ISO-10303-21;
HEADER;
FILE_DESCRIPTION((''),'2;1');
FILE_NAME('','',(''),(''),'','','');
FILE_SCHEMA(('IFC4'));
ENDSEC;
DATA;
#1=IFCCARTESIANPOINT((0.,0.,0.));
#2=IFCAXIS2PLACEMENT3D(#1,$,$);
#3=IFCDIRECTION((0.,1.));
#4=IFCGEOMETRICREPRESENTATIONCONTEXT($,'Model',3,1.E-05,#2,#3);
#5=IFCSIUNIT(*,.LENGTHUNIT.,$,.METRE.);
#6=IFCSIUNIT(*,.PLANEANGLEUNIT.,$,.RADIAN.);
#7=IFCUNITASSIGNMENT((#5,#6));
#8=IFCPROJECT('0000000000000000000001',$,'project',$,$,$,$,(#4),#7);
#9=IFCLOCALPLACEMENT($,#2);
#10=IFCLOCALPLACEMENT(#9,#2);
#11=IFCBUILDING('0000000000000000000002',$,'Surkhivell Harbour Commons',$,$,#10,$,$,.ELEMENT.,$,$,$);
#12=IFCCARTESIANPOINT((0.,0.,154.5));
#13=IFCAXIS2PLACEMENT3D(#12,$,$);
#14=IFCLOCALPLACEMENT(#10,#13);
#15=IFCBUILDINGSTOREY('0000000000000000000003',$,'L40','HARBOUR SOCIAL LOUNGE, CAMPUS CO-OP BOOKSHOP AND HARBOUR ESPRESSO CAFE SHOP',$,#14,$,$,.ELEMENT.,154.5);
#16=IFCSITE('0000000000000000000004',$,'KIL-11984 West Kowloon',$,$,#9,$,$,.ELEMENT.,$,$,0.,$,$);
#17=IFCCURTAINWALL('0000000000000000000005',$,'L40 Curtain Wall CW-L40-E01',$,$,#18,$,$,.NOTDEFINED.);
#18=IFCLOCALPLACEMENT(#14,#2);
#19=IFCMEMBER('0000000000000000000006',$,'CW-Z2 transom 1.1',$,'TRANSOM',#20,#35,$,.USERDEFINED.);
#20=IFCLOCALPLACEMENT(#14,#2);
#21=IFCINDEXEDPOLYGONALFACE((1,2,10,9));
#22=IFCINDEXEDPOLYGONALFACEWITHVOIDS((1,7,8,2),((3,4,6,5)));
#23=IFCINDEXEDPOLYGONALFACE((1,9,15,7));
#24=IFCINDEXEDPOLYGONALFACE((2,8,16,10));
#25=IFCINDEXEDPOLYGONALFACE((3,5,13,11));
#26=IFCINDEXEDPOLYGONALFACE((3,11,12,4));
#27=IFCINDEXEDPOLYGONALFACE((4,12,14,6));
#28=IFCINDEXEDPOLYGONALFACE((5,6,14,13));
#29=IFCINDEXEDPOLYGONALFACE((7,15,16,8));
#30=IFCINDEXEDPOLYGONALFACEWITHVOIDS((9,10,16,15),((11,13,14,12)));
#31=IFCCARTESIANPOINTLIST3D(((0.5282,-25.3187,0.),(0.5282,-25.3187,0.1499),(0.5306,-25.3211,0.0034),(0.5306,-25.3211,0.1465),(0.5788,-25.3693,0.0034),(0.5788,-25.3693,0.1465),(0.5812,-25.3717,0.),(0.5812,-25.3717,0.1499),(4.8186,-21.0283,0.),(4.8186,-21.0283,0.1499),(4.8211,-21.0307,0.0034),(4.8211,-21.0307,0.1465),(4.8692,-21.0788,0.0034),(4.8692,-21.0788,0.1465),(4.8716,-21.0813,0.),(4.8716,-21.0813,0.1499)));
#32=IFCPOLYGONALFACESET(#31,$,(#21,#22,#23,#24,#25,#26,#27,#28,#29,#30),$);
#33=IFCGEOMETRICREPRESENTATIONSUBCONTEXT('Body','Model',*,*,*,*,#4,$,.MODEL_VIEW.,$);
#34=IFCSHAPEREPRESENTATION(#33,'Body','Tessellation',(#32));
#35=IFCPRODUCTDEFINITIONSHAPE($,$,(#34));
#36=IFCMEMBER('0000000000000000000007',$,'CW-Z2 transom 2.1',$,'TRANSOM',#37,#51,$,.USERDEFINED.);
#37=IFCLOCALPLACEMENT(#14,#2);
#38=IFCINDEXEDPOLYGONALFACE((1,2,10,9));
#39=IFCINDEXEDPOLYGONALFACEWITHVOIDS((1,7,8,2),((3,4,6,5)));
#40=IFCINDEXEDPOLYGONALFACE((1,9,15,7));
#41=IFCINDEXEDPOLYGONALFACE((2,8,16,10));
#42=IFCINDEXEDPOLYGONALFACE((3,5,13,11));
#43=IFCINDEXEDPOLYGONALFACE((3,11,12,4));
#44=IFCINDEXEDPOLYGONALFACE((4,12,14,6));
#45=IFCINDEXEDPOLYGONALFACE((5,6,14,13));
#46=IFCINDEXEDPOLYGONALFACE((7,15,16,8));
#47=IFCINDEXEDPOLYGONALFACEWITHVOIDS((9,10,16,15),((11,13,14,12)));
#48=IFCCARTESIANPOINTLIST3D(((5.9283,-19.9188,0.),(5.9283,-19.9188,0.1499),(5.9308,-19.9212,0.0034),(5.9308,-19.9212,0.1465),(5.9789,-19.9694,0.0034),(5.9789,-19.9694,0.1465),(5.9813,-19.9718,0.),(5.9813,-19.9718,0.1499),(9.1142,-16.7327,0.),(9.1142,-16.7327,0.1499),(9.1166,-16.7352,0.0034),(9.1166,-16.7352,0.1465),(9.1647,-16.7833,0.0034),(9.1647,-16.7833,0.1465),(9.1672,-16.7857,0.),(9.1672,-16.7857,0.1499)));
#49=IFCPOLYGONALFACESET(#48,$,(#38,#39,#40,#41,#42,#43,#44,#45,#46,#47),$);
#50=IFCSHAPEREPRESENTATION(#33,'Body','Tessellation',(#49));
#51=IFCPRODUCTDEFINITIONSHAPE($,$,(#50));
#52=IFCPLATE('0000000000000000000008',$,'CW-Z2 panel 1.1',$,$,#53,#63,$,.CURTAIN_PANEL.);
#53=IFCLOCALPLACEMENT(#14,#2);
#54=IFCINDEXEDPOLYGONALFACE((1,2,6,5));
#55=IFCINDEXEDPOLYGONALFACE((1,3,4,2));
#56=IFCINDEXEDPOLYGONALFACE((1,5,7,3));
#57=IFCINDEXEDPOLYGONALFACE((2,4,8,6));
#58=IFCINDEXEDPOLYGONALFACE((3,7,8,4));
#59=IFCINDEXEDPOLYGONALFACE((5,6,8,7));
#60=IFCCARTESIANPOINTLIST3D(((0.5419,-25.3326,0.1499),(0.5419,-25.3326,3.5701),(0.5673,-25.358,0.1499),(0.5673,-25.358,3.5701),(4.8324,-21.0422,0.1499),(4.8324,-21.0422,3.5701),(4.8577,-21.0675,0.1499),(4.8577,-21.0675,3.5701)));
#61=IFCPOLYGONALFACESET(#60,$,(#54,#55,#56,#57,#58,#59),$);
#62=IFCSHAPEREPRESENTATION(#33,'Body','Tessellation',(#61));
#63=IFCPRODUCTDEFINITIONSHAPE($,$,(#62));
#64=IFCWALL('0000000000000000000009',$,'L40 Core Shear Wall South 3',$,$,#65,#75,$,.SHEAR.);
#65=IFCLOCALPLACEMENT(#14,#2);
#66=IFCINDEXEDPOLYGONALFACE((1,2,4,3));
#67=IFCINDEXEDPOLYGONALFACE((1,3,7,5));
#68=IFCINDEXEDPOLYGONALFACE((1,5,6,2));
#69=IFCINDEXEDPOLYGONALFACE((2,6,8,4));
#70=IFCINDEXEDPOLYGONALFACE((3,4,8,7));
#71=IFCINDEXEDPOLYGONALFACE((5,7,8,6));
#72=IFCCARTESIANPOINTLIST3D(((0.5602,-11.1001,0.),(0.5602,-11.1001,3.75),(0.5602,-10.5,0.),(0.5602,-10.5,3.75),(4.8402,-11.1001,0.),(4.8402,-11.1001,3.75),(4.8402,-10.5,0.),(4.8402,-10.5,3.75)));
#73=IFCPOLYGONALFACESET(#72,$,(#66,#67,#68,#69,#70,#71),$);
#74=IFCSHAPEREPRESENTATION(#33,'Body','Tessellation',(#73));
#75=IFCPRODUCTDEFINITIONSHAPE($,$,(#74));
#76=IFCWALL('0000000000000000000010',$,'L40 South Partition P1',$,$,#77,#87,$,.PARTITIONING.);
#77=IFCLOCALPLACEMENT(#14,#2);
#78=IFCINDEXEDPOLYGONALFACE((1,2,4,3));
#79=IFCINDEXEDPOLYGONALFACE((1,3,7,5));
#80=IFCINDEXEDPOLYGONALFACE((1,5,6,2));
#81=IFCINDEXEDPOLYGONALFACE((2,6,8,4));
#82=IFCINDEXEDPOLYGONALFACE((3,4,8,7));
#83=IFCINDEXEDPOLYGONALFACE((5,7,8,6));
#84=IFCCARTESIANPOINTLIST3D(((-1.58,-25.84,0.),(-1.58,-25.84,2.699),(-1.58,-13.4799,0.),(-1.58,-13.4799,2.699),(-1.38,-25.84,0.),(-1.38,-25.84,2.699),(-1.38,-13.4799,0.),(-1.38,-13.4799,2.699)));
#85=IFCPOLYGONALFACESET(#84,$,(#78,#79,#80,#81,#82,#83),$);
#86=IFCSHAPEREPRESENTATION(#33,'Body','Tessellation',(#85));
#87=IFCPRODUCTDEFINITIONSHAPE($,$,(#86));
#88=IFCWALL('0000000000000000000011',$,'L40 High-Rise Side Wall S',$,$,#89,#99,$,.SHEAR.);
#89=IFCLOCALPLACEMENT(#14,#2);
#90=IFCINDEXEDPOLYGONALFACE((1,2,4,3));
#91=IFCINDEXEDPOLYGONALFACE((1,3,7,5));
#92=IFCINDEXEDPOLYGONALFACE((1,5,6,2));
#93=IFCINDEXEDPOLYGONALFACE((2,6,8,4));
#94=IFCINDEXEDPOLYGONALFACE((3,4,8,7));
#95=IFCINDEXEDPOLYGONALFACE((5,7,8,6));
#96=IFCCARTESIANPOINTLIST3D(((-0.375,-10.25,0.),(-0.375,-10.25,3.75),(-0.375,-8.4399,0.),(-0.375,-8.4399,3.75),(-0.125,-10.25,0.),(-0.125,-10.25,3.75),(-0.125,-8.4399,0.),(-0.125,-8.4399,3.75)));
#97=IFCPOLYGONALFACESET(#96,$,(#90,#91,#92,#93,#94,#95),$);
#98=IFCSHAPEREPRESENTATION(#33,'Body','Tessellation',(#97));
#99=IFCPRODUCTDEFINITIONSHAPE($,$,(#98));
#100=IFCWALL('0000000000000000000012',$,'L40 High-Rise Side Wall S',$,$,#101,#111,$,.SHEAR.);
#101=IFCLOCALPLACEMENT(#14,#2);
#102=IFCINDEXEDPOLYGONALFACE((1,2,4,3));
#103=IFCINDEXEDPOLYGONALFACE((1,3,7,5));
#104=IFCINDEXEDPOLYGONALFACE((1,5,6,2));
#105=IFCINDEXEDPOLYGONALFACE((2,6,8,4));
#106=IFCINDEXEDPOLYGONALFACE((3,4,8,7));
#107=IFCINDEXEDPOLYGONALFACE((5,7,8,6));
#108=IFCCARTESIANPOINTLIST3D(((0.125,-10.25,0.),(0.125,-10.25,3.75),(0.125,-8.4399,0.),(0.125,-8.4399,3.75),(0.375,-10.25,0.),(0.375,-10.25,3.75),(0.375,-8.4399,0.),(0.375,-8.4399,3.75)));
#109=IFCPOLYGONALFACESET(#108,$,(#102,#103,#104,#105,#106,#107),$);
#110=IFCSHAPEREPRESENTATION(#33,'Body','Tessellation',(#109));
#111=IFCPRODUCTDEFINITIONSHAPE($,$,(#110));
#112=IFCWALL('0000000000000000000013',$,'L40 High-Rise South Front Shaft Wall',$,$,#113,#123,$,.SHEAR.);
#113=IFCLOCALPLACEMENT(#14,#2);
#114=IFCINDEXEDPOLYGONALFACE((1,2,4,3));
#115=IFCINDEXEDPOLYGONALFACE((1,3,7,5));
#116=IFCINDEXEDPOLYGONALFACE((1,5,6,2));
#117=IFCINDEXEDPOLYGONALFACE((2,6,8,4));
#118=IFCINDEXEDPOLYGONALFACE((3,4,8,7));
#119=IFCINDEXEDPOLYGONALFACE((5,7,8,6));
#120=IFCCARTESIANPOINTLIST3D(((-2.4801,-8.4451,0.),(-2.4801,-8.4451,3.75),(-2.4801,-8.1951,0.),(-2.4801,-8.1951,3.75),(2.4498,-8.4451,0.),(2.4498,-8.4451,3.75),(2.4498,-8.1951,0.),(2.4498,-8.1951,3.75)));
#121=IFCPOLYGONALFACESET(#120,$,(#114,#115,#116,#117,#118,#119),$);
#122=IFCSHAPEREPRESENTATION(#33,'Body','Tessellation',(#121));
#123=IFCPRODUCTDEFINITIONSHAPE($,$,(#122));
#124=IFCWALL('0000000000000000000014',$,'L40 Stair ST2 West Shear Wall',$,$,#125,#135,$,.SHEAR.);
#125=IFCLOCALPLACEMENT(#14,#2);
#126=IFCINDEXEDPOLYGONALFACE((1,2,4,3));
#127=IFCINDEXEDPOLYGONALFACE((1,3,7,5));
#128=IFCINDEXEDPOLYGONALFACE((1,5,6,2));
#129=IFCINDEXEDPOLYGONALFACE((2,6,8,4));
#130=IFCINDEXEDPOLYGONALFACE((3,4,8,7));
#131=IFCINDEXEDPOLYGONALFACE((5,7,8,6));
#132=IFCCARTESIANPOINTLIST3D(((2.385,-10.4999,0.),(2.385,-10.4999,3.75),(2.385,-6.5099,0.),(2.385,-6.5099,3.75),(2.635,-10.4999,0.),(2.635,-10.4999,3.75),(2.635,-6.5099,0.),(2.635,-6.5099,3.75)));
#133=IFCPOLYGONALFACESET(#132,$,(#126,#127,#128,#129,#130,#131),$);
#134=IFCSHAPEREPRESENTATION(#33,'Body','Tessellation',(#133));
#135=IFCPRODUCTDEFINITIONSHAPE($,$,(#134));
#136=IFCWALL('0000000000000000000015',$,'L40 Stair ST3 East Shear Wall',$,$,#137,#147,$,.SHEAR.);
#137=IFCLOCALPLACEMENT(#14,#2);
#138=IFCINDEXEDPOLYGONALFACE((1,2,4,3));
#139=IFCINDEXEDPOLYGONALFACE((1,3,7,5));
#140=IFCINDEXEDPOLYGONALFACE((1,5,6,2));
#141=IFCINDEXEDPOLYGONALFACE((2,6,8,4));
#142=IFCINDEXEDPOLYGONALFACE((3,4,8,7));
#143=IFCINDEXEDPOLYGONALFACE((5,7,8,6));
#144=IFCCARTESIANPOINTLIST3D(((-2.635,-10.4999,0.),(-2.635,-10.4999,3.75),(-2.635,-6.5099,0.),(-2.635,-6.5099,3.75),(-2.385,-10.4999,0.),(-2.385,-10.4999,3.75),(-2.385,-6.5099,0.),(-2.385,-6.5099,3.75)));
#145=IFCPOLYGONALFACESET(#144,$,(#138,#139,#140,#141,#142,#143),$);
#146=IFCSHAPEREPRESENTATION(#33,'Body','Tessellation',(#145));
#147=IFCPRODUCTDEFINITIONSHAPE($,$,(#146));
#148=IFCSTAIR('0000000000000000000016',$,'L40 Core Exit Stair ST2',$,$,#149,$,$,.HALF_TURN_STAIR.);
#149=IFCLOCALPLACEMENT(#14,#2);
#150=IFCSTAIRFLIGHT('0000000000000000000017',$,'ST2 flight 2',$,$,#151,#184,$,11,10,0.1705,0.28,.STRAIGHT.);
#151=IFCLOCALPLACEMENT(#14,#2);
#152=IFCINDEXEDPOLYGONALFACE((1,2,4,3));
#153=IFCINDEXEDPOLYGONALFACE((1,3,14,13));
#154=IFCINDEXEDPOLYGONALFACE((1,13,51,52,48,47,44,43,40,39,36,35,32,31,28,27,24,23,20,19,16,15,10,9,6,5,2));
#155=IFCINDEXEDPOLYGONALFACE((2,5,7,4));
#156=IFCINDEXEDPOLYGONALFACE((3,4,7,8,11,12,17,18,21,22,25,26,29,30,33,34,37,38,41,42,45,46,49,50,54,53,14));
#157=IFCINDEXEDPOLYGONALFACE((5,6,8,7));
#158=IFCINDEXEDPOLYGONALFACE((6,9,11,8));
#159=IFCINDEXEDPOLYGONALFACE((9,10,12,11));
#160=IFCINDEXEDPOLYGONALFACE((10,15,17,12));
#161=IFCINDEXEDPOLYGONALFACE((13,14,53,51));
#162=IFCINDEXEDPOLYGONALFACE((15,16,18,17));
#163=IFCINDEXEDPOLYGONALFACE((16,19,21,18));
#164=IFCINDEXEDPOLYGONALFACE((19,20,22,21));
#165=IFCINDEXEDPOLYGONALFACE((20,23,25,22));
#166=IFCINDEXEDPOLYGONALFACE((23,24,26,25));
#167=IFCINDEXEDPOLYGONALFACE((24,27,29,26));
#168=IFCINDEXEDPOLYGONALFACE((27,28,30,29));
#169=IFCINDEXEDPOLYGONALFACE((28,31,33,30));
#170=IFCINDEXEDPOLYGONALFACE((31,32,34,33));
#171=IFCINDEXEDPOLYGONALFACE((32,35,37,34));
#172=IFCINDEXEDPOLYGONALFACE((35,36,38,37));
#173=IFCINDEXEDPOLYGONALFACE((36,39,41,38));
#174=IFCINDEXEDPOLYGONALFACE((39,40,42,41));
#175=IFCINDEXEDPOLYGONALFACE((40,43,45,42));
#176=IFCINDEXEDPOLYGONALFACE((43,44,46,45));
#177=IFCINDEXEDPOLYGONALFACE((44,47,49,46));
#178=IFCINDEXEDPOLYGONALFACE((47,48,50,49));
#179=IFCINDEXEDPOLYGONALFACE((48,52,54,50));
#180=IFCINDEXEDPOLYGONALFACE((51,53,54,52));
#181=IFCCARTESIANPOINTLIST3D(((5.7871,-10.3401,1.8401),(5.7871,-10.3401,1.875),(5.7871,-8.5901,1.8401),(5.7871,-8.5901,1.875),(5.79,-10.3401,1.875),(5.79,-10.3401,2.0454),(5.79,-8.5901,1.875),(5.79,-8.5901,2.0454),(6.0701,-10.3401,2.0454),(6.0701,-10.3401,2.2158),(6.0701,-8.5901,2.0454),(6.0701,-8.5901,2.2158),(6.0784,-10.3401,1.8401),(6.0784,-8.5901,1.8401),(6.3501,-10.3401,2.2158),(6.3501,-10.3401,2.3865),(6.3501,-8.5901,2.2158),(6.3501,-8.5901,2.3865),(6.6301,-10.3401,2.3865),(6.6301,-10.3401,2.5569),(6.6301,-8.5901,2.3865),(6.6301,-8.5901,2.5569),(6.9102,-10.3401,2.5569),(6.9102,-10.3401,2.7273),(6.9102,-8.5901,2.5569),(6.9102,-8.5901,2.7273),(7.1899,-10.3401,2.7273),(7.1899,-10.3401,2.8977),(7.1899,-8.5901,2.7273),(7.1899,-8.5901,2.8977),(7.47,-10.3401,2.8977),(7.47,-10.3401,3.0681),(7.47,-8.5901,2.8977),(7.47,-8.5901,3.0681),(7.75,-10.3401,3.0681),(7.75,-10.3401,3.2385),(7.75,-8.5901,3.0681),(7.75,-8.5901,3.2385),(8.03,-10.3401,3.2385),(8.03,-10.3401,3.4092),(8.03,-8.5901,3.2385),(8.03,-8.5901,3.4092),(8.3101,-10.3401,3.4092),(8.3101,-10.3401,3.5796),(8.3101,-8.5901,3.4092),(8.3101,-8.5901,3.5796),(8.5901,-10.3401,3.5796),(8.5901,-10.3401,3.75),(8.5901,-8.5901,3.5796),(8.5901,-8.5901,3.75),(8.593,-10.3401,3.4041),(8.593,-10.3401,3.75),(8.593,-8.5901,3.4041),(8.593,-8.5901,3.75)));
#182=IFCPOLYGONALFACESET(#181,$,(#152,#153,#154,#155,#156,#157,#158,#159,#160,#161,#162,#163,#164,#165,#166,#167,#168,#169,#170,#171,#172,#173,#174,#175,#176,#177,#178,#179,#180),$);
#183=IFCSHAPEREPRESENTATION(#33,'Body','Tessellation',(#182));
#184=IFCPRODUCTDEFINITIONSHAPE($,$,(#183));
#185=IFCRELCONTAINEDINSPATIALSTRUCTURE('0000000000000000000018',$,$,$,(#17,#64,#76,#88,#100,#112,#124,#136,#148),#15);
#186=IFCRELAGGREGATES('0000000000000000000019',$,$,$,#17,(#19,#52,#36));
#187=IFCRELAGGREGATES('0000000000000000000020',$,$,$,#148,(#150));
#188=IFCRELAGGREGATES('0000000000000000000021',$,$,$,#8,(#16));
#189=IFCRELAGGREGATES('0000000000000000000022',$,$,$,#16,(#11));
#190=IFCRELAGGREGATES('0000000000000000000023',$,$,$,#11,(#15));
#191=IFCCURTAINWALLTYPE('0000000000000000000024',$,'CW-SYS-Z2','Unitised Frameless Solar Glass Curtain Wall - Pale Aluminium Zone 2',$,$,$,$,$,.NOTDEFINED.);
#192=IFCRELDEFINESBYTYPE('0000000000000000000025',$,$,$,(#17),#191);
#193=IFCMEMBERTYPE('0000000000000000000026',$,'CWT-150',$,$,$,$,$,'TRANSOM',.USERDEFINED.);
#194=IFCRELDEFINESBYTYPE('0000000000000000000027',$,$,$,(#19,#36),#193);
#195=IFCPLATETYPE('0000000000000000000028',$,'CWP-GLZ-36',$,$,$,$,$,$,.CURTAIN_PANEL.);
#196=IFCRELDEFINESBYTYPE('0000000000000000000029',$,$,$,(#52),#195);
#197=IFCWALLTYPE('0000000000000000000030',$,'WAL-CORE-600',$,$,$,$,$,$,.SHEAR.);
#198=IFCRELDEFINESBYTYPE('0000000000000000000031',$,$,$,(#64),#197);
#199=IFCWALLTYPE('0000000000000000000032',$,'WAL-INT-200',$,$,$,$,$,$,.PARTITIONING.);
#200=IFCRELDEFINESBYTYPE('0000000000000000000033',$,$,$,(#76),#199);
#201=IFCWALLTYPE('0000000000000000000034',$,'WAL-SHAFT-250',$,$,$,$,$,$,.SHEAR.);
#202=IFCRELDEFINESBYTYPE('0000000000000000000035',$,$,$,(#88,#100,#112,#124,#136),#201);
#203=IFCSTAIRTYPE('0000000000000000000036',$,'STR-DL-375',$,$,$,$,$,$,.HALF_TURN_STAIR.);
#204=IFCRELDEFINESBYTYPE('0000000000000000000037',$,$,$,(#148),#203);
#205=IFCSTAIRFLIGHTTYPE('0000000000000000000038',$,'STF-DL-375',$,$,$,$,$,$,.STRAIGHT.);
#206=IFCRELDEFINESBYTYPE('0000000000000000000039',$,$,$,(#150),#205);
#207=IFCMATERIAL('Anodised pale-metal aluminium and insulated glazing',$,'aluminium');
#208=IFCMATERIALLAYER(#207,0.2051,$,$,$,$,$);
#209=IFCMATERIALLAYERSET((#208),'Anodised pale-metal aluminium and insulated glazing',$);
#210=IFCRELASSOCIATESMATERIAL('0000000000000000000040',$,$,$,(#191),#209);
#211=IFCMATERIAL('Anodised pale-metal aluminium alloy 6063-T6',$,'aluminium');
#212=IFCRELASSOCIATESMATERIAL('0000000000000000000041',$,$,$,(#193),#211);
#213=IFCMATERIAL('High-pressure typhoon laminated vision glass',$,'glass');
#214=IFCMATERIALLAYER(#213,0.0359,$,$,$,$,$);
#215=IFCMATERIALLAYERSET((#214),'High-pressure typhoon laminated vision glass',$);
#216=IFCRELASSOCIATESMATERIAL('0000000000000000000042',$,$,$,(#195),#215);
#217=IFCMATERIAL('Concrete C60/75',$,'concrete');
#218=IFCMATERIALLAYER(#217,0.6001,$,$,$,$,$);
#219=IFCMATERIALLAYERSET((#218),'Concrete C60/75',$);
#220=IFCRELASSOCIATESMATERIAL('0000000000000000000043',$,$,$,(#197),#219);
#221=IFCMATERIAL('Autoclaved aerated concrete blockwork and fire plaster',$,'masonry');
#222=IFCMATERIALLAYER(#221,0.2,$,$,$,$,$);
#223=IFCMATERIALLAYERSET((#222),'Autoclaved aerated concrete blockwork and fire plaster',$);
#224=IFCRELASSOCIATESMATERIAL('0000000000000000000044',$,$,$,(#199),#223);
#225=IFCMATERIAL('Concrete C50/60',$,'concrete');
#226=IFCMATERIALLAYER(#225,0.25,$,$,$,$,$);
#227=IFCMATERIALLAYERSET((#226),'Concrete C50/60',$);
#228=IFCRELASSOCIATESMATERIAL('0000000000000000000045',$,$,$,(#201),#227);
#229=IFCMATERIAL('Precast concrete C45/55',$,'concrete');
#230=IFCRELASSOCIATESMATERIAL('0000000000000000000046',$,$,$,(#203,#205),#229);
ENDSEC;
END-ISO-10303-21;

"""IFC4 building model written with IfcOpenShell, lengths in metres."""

from ifc_helpers import new_model, si_unit, direction, frame, frame_2d, origin, origin_2d, place, context, subcontext, project, spatial, polyline, rectangle, hollow_rectangle, outline, extrude, material, layer, layer_set, material_profile, profile_set, type_object, element, aggregate, save


model = new_model("IFC4")

# Units and contexts
model_context = context("Model", 3, precision=1e-05, world=origin(), true_north=direction((0.0, 1.0)))
body_context = subcontext(model_context, "Body", "Model", "MODEL_VIEW")
ifc_project = project(units=[si_unit("LENGTHUNIT", "METRE"), si_unit("PLANEANGLEUNIT", "RADIAN")], contexts=[model_context])

# Site, building, storey
site_placement = place(None, origin())
site = spatial("IfcSite", under=ifc_project, at=site_placement, Name="KIL-11984 West Kowloon", CompositionType="ELEMENT", RefElevation=0.0)
building_placement = place(site_placement, origin())
building = spatial("IfcBuilding", under=site, at=building_placement, Name="Surkhivell Harbour Commons", CompositionType="ELEMENT")
storey_placement = place(building_placement, frame((0.0, 0.0, 154.5)))
storey = spatial("IfcBuildingStorey", under=building, at=storey_placement, Name="L40", Description="HARBOUR SOCIAL LOUNGE, CAMPUS CO-OP BOOKSHOP AND HARBOUR ESPRESSO CAFE SHOP", CompositionType="ELEMENT", Elevation=154.5)

# Shared definitions
ifc_material_1 = material(Name="Concrete C60/75", Category="concrete")

# Shared definitions
ifc_material_2 = material(Name="Anodised pale-metal aluminium and insulated glazing", Category="aluminium")
ifc_layer_1 = layer(ifc_material_2, 0.2051)
ifc_layer_set_1 = layer_set([ifc_layer_1], Name="Anodised pale-metal aluminium and insulated glazing")
curtain_wall_type = type_object("IfcCurtainWallType", Name="CW-SYS-Z2", Description="Unitised Frameless Solar Glass Curtain Wall - Pale Aluminium Zone 2", PredefinedType="NOTDEFINED", material=ifc_layer_set_1)
ifc_material_3 = material(Name="Anodised pale-metal aluminium alloy 6063-T6", Category="aluminium")

# Curtain wall, members, plate
curtain_wall_1_placement = place(storey_placement, origin())
curtain_wall_1 = element("IfcCurtainWall", 1, at=curtain_wall_1_placement, inside=storey, type_object=curtain_wall_type, Name="L40 Curtain Wall CW-L40-E01", PredefinedType="NOTDEFINED")
ifc_material_profile_1 = material_profile(ifc_material_3, hollow_rectangle(XDim=0.075, YDim=0.1499, WallThickness=0.0034, at=origin_2d()), Name="ALU-TRAN-75x150")
ifc_profile_set_1 = profile_set([ifc_material_profile_1], Name="Anodised pale-metal aluminium alloy 6063-T6")
member_type_1 = type_object("IfcMemberType", Name="CWT-150", ElementType="TRANSOM", PredefinedType="USERDEFINED", material=ifc_profile_set_1)
member_1_placement = place(storey_placement, frame((0.5547, -25.3452, 0.075), z_axis=(0.707107, 0.707107, 0.0), x_axis=(-0.707107, 0.707107, 0.0)))
member_1 = element("IfcMember", 2, at=member_1_placement, type_object=member_type_1, Name="CW-Z2 transom 1.1", ObjectType="TRANSOM", PredefinedType="USERDEFINED", context=body_context, shape_type="SweptSolid", body=[
    extrude(hollow_rectangle(XDim=0.075, YDim=0.1499, WallThickness=0.0034, at=origin_2d()), origin(), (0.0, 0.0, 1.0), 6.0676),
])
member_2_placement = place(storey_placement, frame((5.9548, -19.9453, 0.075), z_axis=(0.70708, 0.707134, 0.0), x_axis=(-0.707134, 0.70708, 0.0)))
member_2 = element("IfcMember", 3, at=member_2_placement, type_object=member_type_1, Name="CW-Z2 transom 2.1", ObjectType="TRANSOM", PredefinedType="USERDEFINED", context=body_context, shape_type="SweptSolid", body=[
    extrude(hollow_rectangle(XDim=0.075, YDim=0.1499, WallThickness=0.0034, at=origin_2d()), origin(), (0.0, 0.0, 1.0), 4.5056),
])
ifc_material_4 = material(Name="High-pressure typhoon laminated vision glass", Category="glass")
ifc_layer_2 = layer(ifc_material_4, 0.0359)
ifc_layer_set_2 = layer_set([ifc_layer_2], Name="High-pressure typhoon laminated vision glass")
plate_type = type_object("IfcPlateType", Name="CWP-GLZ-36", PredefinedType="CURTAIN_PANEL", material=ifc_layer_set_2)
plate_placement = place(storey_placement, frame((0.5547, -25.3452, 0.1499), z_axis=(0.0, 0.0, 1.0), x_axis=(0.707107, 0.707107, 0.0)))
plate = element("IfcPlate", 4, at=plate_placement, type_object=plate_type, Name="CW-Z2 panel 1.1", PredefinedType="CURTAIN_PANEL", context=body_context, shape_type="SweptSolid", body=[
    extrude(rectangle(XDim=6.0676, YDim=0.0359, at=frame_2d((3.0337, 0.0))), origin(), (0.0, 0.0, 1.0), 3.4202),
])
aggregate(curtain_wall_1, [member_1, plate, member_2])

# Walls
ifc_layer_3 = layer(ifc_material_1, 0.6001)
ifc_layer_set_3 = layer_set([ifc_layer_3], Name="Concrete C60/75")
wall_type_1 = type_object("IfcWallType", Name="WAL-CORE-600", PredefinedType="SHEAR", material=ifc_layer_set_3)
wall_1_placement = place(storey_placement, frame((0.5601, -10.8, 0.0), z_axis=(0.0, 0.0, 1.0), x_axis=(1.0, 0.0, 0.0)))
element("IfcWall", 5, at=wall_1_placement, inside=storey, type_object=wall_type_1, Name="L40 Core Shear Wall South 3", PredefinedType="SHEAR", context=body_context, shape_type="SweptSolid", body=[
    extrude(rectangle(XDim=4.28, YDim=0.6001, at=frame_2d((2.1401, 0.0))), origin(), (0.0, 0.0, 1.0), 3.75),
])
ifc_material_5 = material(Name="Autoclaved aerated concrete blockwork and fire plaster", Category="masonry")
ifc_layer_4 = layer(ifc_material_5, 0.2)
ifc_layer_set_4 = layer_set([ifc_layer_4], Name="Autoclaved aerated concrete blockwork and fire plaster")
wall_type_2 = type_object("IfcWallType", Name="WAL-INT-200", PredefinedType="PARTITIONING", material=ifc_layer_set_4)
wall_2_placement = place(storey_placement, frame((-1.48, -25.8401, 0.0), z_axis=(0.0, 0.0, 1.0), x_axis=(0.0, 1.0, 0.0)))
element("IfcWall", 6, at=wall_2_placement, inside=storey, type_object=wall_type_2, Name="L40 South Partition P1", PredefinedType="PARTITIONING", context=body_context, shape_type="SweptSolid", body=[
    extrude(rectangle(XDim=12.3601, YDim=0.2, at=frame_2d((6.1802, 0.0))), origin(), (0.0, 0.0, 1.0), 2.699),
])
ifc_material_6 = material(Name="Concrete C50/60", Category="concrete")
ifc_layer_5 = layer(ifc_material_6, 0.25)
ifc_layer_set_5 = layer_set([ifc_layer_5], Name="Concrete C50/60")
wall_type_3 = type_object("IfcWallType", Name="WAL-SHAFT-250", PredefinedType="SHEAR", material=ifc_layer_set_5)
for number, where, z_axis, x_axis, name in (
    (7, (-0.25, -10.25, 0.0), (0.0, 0.0, 1.0), (0.0, 1.0, 0.0), "L40 High-Rise Side Wall S"),
    (8, (0.25, -10.25, 0.0), (0.0, 0.0, 1.0), (0.0, 1.0, 0.0), "L40 High-Rise Side Wall S"),
):
    element("IfcWall", number, at=place(storey_placement, frame(where, z_axis=z_axis, x_axis=x_axis)), inside=storey, type_object=wall_type_3, Name=name, PredefinedType="SHEAR", context=body_context, shape_type="SweptSolid", body=[
        extrude(rectangle(XDim=1.8101, YDim=0.25, at=frame_2d((0.905, 0.0))), origin(), (0.0, 0.0, 1.0), 3.75),
    ])
wall_3_placement = place(storey_placement, frame((-2.48, -8.3201, 0.0), z_axis=(0.0, 0.0, 1.0), x_axis=(1.0, 0.0, 0.0)))
element("IfcWall", 9, at=wall_3_placement, inside=storey, type_object=wall_type_3, Name="L40 High-Rise South Front Shaft Wall", PredefinedType="SHEAR", context=body_context, shape_type="SweptSolid", body=[
    extrude(rectangle(XDim=4.9299, YDim=0.25, at=frame_2d((2.4648, 0.0))), origin(), (0.0, 0.0, 1.0), 3.75),
])
for number, where, z_axis, x_axis, name in (
    (10, (2.51, -10.5, 0.0), (0.0, 0.0, 1.0), (0.0, 1.0, 0.0), "L40 Stair ST2 West Shear Wall"),
    (11, (-2.51, -10.5, 0.0), (0.0, 0.0, 1.0), (0.0, 1.0, 0.0), "L40 Stair ST3 East Shear Wall"),
):
    element("IfcWall", number, at=place(storey_placement, frame(where, z_axis=z_axis, x_axis=x_axis)), inside=storey, type_object=wall_type_3, Name=name, PredefinedType="SHEAR", context=body_context, shape_type="SweptSolid", body=[
        extrude(rectangle(XDim=3.99, YDim=0.25, at=frame_2d((1.9951, 0.0))), origin(), (0.0, 0.0, 1.0), 3.75),
    ])

# Stair, stair flight
ifc_material_7 = material(Name="Precast concrete C45/55", Category="concrete")
stair_type = type_object("IfcStairType", Name="STR-DL-375", PredefinedType="HALF_TURN_STAIR", material=ifc_material_7)
stair_placement = place(storey_placement, origin())
stair = element("IfcStair", 12, at=stair_placement, inside=storey, type_object=stair_type, Name="L40 Core Exit Stair ST2", PredefinedType="HALF_TURN_STAIR")
stair_flight_type = type_object("IfcStairFlightType", Name="STF-DL-375", PredefinedType="STRAIGHT", material=ifc_material_7)
stair_flight_placement = place(storey_placement, frame((5.79, -9.4651, 1.875), z_axis=(0.0, 0.0, 1.0), x_axis=(1.0, 0.0, 0.0)))
stair_flight = element("IfcStairFlight", 13, at=stair_flight_placement, type_object=stair_flight_type, Name="ST2 flight 2", NumberOfRisers=11, NumberOfTreads=10, PredefinedType="STRAIGHT", RiserHeight=0.1705, TreadLength=0.28, context=body_context, shape_type="SweptSolid", body=[
    extrude(outline(polyline([(-0.0029, -0.0349), (-0.0029, 0.0), (0.0, 0.0), (0.0, 0.1704), (0.28, 0.1704), (0.28, 0.3408), (0.5601, 0.3408), (0.5601, 0.5115), (0.8401, 0.5115), (0.8401, 0.6819), (1.1201, 0.6819), (1.1201, 0.8523), (1.3999, 0.8523), (1.3999, 1.0227), (1.6799, 1.0227), (1.6799, 1.1931), (1.96, 1.1931), (1.96, 1.3635), (2.24, 1.3635), (2.24, 1.5342), (2.52, 1.5342), (2.52, 1.7046), (2.8, 1.7046), (2.8, 1.875), (2.803, 1.875), (2.803, 1.5291), (0.2883, -0.0349), (-0.0029, -0.0349)])), frame((0.0, 0.875, 0.0), z_axis=(0.0, -1.0, 0.0), x_axis=(1.0, 0.0, 0.0)), (0.0, 0.0, 1.0), 1.75),
])
aggregate(stair, [stair_flight])

save(model, "model.ifc")
